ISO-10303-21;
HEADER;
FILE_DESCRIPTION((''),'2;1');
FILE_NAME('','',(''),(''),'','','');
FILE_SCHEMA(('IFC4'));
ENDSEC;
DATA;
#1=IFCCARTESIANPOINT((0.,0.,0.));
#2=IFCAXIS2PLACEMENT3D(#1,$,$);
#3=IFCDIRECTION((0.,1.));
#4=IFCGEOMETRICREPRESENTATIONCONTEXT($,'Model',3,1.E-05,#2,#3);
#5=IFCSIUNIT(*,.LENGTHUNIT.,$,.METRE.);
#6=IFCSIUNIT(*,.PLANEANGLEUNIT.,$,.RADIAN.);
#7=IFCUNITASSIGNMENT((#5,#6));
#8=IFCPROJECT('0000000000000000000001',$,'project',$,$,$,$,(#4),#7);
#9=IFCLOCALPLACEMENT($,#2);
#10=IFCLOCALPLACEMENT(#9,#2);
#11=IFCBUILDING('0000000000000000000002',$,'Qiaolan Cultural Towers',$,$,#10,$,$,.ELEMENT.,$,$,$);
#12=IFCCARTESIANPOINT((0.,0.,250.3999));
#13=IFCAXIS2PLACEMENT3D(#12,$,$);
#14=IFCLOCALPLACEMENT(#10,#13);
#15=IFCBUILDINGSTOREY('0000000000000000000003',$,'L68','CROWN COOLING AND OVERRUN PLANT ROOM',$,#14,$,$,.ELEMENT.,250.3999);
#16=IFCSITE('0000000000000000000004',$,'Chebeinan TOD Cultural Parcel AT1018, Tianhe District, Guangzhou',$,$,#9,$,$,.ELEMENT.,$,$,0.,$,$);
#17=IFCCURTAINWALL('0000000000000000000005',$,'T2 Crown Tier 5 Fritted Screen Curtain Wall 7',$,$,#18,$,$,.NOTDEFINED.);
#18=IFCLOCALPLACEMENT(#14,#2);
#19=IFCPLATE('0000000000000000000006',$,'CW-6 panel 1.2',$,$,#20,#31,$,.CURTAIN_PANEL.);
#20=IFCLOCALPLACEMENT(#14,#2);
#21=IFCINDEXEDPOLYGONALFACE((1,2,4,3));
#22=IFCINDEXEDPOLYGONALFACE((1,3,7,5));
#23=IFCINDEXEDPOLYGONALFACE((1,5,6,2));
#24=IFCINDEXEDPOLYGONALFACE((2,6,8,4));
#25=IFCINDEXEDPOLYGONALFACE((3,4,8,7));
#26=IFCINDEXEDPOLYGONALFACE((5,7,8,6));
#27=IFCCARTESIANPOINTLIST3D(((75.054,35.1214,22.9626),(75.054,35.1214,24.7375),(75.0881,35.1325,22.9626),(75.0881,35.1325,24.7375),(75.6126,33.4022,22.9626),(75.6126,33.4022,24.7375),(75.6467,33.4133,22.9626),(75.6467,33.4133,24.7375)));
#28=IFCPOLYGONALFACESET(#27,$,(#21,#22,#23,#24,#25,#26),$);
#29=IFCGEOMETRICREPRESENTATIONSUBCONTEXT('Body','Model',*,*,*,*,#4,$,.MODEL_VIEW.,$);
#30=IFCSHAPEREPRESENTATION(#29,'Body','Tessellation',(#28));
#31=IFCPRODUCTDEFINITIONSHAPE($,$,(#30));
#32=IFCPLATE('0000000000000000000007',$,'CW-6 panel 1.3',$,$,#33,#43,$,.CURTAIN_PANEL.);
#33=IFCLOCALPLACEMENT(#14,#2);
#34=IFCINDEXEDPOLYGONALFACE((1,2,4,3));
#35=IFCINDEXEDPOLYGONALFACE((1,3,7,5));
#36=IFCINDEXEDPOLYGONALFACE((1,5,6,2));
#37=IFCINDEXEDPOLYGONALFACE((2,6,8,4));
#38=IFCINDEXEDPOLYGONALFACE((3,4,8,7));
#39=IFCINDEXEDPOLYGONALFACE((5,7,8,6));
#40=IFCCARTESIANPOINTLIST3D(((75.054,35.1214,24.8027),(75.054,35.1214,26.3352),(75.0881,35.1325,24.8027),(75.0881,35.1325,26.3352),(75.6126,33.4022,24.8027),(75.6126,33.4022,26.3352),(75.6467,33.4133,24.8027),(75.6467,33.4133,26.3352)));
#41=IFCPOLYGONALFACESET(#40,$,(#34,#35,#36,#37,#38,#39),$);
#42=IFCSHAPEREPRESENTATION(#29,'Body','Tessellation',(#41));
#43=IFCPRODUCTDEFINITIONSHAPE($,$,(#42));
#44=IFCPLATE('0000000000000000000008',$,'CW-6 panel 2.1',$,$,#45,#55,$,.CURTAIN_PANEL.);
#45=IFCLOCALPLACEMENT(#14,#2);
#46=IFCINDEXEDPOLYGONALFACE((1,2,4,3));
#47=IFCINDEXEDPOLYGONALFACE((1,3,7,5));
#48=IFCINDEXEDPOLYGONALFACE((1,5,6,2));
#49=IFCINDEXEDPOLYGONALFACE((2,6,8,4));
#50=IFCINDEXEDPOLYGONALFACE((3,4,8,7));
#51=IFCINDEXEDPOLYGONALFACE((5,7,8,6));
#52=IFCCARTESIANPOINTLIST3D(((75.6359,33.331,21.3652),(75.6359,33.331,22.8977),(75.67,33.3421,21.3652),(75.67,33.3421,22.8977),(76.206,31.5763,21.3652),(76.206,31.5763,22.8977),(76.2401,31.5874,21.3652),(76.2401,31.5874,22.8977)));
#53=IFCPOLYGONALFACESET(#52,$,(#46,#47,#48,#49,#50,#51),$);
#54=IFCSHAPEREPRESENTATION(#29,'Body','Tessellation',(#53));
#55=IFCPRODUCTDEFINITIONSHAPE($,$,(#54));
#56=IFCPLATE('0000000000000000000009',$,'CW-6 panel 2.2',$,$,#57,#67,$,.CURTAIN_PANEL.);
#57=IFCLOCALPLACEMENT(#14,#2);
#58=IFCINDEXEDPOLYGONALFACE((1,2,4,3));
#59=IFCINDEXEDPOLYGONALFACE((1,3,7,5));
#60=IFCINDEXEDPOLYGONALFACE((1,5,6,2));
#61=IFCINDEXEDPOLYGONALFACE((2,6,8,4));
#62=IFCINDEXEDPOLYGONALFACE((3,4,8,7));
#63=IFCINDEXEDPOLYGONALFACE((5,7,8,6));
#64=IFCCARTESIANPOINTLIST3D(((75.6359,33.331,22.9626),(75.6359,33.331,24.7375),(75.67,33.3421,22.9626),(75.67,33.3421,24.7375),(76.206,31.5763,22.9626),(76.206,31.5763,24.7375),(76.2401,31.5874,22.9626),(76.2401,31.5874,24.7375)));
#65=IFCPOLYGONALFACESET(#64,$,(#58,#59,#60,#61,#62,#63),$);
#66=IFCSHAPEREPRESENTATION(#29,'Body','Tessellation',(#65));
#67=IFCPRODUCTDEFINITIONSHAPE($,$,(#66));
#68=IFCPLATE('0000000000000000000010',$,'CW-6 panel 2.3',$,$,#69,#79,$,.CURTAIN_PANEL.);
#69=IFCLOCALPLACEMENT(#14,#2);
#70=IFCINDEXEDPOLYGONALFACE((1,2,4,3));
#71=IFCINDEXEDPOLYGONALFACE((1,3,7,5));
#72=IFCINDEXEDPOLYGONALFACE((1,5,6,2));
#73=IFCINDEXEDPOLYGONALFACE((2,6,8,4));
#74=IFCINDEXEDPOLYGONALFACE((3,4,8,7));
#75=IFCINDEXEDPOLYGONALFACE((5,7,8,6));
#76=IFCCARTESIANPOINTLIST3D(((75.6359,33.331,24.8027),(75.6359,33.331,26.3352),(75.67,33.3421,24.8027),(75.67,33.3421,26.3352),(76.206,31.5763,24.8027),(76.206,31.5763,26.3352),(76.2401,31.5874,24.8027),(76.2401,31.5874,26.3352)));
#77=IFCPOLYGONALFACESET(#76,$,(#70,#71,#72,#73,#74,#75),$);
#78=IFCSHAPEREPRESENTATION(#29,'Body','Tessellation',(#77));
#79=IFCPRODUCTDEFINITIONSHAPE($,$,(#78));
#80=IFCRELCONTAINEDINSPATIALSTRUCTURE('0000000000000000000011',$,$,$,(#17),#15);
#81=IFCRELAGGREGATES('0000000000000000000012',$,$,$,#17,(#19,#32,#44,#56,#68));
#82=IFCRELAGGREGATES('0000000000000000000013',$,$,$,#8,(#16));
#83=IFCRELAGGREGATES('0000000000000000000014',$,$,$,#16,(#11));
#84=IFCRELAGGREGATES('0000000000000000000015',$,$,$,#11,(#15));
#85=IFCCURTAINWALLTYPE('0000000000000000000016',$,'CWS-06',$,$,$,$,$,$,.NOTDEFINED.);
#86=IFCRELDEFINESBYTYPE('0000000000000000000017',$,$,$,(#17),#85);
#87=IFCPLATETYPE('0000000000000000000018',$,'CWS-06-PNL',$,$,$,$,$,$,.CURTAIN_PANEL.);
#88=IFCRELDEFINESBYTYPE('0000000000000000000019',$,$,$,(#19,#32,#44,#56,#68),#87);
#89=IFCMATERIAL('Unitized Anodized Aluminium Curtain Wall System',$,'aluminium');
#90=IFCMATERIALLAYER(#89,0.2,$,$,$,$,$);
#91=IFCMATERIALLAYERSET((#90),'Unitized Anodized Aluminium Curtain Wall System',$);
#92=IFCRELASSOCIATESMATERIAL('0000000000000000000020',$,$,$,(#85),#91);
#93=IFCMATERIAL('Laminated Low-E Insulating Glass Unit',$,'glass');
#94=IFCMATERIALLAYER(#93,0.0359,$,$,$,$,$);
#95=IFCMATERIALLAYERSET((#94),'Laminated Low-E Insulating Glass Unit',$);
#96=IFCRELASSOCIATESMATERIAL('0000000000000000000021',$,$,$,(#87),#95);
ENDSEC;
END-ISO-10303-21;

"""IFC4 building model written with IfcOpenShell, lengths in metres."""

from ifc_helpers import new_model, si_unit, direction, frame, origin, origin_2d, place, context, subcontext, project, spatial, rectangle, extrude, material, layer, layer_set, type_object, element, aggregate, save


model = new_model("IFC4")

# Units and contexts
model_context = context("Model", 3, precision=1e-05, world=origin(), true_north=direction((0.0, 1.0)))
body_context = subcontext(model_context, "Body", "Model", "MODEL_VIEW")
ifc_project = project(units=[si_unit("LENGTHUNIT", "METRE"), si_unit("PLANEANGLEUNIT", "RADIAN")], contexts=[model_context])

# Site, building, storey
site_placement = place(None, origin())
site = spatial("IfcSite", under=ifc_project, at=site_placement, Name="Chebeinan TOD Cultural Parcel AT1018, Tianhe District, Guangzhou", CompositionType="ELEMENT", RefElevation=0.0)
building_placement = place(site_placement, origin())
building = spatial("IfcBuilding", under=site, at=building_placement, Name="Qiaolan Cultural Towers", CompositionType="ELEMENT")
storey_placement = place(building_placement, frame((0.0, 0.0, 250.3999)))
storey = spatial("IfcBuildingStorey", under=building, at=storey_placement, Name="L68", Description="CROWN COOLING AND OVERRUN PLANT ROOM", CompositionType="ELEMENT", Elevation=250.3999)

# Curtain wall
ifc_material_1 = material(Name="Unitized Anodized Aluminium Curtain Wall System", Category="aluminium")
ifc_layer_1 = layer(ifc_material_1, 0.2)
ifc_layer_set_1 = layer_set([ifc_layer_1], Name="Unitized Anodized Aluminium Curtain Wall System")
curtain_wall_type = type_object("IfcCurtainWallType", Name="CWS-06", PredefinedType="NOTDEFINED", material=ifc_layer_set_1)
curtain_wall_1_placement = place(storey_placement, origin())
curtain_wall_1 = element("IfcCurtainWall", 1, at=curtain_wall_1_placement, inside=storey, type_object=curtain_wall_type, Name="T2 Crown Tier 5 Fritted Screen Curtain Wall 7", PredefinedType="NOTDEFINED")

# Plates
ifc_material_2 = material(Name="Laminated Low-E Insulating Glass Unit", Category="glass")
ifc_layer_2 = layer(ifc_material_2, 0.0359)
ifc_layer_set_2 = layer_set([ifc_layer_2], Name="Laminated Low-E Insulating Glass Unit")
plate_type = type_object("IfcPlateType", Name="CWS-06-PNL", PredefinedType="CURTAIN_PANEL", material=ifc_layer_set_2)
plate_1_placement = place(storey_placement, frame((75.3503, 34.2673, 22.9626), z_axis=(0.0, 0.0, 1.0), x_axis=(0.309017, -0.951057, 0.0)))
plate_1 = element("IfcPlate", 2, at=plate_1_placement, type_object=plate_type, Name="CW-6 panel 1.2", PredefinedType="CURTAIN_PANEL", context=body_context, shape_type="SweptSolid", body=[
    extrude(rectangle(XDim=1.8076, YDim=0.0359, at=origin_2d()), origin(), (0.0, 0.0, 1.0), 1.7749),
])
plate_2_placement = place(storey_placement, frame((75.3503, 34.2673, 24.8027), z_axis=(0.0, 0.0, 1.0), x_axis=(0.309017, -0.951057, 0.0)))
plate_2 = element("IfcPlate", 3, at=plate_2_placement, type_object=plate_type, Name="CW-6 panel 1.3", PredefinedType="CURTAIN_PANEL", context=body_context, shape_type="SweptSolid", body=[
    extrude(rectangle(XDim=1.8076, YDim=0.0359, at=origin_2d()), origin(), (0.0, 0.0, 1.0), 1.5325),
])
plate_3_placement = place(storey_placement, frame((75.938, 32.4592, 21.3652), z_axis=(0.0, 0.0, 1.0), x_axis=(0.309017, -0.951057, 0.0)))
plate_3 = element("IfcPlate", 4, at=plate_3_placement, type_object=plate_type, Name="CW-6 panel 2.1", PredefinedType="CURTAIN_PANEL", context=body_context, shape_type="SweptSolid", body=[
    extrude(rectangle(XDim=1.845, YDim=0.0359, at=origin_2d()), origin(), (0.0, 0.0, 1.0), 1.5325),
])
plate_4_placement = place(storey_placement, frame((75.938, 32.4592, 22.9626), z_axis=(0.0, 0.0, 1.0), x_axis=(0.309017, -0.951057, 0.0)))
plate_4 = element("IfcPlate", 5, at=plate_4_placement, type_object=plate_type, Name="CW-6 panel 2.2", PredefinedType="CURTAIN_PANEL", context=body_context, shape_type="SweptSolid", body=[
    extrude(rectangle(XDim=1.845, YDim=0.0359, at=origin_2d()), origin(), (0.0, 0.0, 1.0), 1.7749),
])
plate_5_placement = place(storey_placement, frame((75.938, 32.4592, 24.8027), z_axis=(0.0, 0.0, 1.0), x_axis=(0.309017, -0.951057, 0.0)))
plate_5 = element("IfcPlate", 6, at=plate_5_placement, type_object=plate_type, Name="CW-6 panel 2.3", PredefinedType="CURTAIN_PANEL", context=body_context, shape_type="SweptSolid", body=[
    extrude(rectangle(XDim=1.845, YDim=0.0359, at=origin_2d()), origin(), (0.0, 0.0, 1.0), 1.5325),
])
aggregate(curtain_wall_1, [plate_1, plate_2, plate_3, plate_4, plate_5])

save(model, "model.ifc")
